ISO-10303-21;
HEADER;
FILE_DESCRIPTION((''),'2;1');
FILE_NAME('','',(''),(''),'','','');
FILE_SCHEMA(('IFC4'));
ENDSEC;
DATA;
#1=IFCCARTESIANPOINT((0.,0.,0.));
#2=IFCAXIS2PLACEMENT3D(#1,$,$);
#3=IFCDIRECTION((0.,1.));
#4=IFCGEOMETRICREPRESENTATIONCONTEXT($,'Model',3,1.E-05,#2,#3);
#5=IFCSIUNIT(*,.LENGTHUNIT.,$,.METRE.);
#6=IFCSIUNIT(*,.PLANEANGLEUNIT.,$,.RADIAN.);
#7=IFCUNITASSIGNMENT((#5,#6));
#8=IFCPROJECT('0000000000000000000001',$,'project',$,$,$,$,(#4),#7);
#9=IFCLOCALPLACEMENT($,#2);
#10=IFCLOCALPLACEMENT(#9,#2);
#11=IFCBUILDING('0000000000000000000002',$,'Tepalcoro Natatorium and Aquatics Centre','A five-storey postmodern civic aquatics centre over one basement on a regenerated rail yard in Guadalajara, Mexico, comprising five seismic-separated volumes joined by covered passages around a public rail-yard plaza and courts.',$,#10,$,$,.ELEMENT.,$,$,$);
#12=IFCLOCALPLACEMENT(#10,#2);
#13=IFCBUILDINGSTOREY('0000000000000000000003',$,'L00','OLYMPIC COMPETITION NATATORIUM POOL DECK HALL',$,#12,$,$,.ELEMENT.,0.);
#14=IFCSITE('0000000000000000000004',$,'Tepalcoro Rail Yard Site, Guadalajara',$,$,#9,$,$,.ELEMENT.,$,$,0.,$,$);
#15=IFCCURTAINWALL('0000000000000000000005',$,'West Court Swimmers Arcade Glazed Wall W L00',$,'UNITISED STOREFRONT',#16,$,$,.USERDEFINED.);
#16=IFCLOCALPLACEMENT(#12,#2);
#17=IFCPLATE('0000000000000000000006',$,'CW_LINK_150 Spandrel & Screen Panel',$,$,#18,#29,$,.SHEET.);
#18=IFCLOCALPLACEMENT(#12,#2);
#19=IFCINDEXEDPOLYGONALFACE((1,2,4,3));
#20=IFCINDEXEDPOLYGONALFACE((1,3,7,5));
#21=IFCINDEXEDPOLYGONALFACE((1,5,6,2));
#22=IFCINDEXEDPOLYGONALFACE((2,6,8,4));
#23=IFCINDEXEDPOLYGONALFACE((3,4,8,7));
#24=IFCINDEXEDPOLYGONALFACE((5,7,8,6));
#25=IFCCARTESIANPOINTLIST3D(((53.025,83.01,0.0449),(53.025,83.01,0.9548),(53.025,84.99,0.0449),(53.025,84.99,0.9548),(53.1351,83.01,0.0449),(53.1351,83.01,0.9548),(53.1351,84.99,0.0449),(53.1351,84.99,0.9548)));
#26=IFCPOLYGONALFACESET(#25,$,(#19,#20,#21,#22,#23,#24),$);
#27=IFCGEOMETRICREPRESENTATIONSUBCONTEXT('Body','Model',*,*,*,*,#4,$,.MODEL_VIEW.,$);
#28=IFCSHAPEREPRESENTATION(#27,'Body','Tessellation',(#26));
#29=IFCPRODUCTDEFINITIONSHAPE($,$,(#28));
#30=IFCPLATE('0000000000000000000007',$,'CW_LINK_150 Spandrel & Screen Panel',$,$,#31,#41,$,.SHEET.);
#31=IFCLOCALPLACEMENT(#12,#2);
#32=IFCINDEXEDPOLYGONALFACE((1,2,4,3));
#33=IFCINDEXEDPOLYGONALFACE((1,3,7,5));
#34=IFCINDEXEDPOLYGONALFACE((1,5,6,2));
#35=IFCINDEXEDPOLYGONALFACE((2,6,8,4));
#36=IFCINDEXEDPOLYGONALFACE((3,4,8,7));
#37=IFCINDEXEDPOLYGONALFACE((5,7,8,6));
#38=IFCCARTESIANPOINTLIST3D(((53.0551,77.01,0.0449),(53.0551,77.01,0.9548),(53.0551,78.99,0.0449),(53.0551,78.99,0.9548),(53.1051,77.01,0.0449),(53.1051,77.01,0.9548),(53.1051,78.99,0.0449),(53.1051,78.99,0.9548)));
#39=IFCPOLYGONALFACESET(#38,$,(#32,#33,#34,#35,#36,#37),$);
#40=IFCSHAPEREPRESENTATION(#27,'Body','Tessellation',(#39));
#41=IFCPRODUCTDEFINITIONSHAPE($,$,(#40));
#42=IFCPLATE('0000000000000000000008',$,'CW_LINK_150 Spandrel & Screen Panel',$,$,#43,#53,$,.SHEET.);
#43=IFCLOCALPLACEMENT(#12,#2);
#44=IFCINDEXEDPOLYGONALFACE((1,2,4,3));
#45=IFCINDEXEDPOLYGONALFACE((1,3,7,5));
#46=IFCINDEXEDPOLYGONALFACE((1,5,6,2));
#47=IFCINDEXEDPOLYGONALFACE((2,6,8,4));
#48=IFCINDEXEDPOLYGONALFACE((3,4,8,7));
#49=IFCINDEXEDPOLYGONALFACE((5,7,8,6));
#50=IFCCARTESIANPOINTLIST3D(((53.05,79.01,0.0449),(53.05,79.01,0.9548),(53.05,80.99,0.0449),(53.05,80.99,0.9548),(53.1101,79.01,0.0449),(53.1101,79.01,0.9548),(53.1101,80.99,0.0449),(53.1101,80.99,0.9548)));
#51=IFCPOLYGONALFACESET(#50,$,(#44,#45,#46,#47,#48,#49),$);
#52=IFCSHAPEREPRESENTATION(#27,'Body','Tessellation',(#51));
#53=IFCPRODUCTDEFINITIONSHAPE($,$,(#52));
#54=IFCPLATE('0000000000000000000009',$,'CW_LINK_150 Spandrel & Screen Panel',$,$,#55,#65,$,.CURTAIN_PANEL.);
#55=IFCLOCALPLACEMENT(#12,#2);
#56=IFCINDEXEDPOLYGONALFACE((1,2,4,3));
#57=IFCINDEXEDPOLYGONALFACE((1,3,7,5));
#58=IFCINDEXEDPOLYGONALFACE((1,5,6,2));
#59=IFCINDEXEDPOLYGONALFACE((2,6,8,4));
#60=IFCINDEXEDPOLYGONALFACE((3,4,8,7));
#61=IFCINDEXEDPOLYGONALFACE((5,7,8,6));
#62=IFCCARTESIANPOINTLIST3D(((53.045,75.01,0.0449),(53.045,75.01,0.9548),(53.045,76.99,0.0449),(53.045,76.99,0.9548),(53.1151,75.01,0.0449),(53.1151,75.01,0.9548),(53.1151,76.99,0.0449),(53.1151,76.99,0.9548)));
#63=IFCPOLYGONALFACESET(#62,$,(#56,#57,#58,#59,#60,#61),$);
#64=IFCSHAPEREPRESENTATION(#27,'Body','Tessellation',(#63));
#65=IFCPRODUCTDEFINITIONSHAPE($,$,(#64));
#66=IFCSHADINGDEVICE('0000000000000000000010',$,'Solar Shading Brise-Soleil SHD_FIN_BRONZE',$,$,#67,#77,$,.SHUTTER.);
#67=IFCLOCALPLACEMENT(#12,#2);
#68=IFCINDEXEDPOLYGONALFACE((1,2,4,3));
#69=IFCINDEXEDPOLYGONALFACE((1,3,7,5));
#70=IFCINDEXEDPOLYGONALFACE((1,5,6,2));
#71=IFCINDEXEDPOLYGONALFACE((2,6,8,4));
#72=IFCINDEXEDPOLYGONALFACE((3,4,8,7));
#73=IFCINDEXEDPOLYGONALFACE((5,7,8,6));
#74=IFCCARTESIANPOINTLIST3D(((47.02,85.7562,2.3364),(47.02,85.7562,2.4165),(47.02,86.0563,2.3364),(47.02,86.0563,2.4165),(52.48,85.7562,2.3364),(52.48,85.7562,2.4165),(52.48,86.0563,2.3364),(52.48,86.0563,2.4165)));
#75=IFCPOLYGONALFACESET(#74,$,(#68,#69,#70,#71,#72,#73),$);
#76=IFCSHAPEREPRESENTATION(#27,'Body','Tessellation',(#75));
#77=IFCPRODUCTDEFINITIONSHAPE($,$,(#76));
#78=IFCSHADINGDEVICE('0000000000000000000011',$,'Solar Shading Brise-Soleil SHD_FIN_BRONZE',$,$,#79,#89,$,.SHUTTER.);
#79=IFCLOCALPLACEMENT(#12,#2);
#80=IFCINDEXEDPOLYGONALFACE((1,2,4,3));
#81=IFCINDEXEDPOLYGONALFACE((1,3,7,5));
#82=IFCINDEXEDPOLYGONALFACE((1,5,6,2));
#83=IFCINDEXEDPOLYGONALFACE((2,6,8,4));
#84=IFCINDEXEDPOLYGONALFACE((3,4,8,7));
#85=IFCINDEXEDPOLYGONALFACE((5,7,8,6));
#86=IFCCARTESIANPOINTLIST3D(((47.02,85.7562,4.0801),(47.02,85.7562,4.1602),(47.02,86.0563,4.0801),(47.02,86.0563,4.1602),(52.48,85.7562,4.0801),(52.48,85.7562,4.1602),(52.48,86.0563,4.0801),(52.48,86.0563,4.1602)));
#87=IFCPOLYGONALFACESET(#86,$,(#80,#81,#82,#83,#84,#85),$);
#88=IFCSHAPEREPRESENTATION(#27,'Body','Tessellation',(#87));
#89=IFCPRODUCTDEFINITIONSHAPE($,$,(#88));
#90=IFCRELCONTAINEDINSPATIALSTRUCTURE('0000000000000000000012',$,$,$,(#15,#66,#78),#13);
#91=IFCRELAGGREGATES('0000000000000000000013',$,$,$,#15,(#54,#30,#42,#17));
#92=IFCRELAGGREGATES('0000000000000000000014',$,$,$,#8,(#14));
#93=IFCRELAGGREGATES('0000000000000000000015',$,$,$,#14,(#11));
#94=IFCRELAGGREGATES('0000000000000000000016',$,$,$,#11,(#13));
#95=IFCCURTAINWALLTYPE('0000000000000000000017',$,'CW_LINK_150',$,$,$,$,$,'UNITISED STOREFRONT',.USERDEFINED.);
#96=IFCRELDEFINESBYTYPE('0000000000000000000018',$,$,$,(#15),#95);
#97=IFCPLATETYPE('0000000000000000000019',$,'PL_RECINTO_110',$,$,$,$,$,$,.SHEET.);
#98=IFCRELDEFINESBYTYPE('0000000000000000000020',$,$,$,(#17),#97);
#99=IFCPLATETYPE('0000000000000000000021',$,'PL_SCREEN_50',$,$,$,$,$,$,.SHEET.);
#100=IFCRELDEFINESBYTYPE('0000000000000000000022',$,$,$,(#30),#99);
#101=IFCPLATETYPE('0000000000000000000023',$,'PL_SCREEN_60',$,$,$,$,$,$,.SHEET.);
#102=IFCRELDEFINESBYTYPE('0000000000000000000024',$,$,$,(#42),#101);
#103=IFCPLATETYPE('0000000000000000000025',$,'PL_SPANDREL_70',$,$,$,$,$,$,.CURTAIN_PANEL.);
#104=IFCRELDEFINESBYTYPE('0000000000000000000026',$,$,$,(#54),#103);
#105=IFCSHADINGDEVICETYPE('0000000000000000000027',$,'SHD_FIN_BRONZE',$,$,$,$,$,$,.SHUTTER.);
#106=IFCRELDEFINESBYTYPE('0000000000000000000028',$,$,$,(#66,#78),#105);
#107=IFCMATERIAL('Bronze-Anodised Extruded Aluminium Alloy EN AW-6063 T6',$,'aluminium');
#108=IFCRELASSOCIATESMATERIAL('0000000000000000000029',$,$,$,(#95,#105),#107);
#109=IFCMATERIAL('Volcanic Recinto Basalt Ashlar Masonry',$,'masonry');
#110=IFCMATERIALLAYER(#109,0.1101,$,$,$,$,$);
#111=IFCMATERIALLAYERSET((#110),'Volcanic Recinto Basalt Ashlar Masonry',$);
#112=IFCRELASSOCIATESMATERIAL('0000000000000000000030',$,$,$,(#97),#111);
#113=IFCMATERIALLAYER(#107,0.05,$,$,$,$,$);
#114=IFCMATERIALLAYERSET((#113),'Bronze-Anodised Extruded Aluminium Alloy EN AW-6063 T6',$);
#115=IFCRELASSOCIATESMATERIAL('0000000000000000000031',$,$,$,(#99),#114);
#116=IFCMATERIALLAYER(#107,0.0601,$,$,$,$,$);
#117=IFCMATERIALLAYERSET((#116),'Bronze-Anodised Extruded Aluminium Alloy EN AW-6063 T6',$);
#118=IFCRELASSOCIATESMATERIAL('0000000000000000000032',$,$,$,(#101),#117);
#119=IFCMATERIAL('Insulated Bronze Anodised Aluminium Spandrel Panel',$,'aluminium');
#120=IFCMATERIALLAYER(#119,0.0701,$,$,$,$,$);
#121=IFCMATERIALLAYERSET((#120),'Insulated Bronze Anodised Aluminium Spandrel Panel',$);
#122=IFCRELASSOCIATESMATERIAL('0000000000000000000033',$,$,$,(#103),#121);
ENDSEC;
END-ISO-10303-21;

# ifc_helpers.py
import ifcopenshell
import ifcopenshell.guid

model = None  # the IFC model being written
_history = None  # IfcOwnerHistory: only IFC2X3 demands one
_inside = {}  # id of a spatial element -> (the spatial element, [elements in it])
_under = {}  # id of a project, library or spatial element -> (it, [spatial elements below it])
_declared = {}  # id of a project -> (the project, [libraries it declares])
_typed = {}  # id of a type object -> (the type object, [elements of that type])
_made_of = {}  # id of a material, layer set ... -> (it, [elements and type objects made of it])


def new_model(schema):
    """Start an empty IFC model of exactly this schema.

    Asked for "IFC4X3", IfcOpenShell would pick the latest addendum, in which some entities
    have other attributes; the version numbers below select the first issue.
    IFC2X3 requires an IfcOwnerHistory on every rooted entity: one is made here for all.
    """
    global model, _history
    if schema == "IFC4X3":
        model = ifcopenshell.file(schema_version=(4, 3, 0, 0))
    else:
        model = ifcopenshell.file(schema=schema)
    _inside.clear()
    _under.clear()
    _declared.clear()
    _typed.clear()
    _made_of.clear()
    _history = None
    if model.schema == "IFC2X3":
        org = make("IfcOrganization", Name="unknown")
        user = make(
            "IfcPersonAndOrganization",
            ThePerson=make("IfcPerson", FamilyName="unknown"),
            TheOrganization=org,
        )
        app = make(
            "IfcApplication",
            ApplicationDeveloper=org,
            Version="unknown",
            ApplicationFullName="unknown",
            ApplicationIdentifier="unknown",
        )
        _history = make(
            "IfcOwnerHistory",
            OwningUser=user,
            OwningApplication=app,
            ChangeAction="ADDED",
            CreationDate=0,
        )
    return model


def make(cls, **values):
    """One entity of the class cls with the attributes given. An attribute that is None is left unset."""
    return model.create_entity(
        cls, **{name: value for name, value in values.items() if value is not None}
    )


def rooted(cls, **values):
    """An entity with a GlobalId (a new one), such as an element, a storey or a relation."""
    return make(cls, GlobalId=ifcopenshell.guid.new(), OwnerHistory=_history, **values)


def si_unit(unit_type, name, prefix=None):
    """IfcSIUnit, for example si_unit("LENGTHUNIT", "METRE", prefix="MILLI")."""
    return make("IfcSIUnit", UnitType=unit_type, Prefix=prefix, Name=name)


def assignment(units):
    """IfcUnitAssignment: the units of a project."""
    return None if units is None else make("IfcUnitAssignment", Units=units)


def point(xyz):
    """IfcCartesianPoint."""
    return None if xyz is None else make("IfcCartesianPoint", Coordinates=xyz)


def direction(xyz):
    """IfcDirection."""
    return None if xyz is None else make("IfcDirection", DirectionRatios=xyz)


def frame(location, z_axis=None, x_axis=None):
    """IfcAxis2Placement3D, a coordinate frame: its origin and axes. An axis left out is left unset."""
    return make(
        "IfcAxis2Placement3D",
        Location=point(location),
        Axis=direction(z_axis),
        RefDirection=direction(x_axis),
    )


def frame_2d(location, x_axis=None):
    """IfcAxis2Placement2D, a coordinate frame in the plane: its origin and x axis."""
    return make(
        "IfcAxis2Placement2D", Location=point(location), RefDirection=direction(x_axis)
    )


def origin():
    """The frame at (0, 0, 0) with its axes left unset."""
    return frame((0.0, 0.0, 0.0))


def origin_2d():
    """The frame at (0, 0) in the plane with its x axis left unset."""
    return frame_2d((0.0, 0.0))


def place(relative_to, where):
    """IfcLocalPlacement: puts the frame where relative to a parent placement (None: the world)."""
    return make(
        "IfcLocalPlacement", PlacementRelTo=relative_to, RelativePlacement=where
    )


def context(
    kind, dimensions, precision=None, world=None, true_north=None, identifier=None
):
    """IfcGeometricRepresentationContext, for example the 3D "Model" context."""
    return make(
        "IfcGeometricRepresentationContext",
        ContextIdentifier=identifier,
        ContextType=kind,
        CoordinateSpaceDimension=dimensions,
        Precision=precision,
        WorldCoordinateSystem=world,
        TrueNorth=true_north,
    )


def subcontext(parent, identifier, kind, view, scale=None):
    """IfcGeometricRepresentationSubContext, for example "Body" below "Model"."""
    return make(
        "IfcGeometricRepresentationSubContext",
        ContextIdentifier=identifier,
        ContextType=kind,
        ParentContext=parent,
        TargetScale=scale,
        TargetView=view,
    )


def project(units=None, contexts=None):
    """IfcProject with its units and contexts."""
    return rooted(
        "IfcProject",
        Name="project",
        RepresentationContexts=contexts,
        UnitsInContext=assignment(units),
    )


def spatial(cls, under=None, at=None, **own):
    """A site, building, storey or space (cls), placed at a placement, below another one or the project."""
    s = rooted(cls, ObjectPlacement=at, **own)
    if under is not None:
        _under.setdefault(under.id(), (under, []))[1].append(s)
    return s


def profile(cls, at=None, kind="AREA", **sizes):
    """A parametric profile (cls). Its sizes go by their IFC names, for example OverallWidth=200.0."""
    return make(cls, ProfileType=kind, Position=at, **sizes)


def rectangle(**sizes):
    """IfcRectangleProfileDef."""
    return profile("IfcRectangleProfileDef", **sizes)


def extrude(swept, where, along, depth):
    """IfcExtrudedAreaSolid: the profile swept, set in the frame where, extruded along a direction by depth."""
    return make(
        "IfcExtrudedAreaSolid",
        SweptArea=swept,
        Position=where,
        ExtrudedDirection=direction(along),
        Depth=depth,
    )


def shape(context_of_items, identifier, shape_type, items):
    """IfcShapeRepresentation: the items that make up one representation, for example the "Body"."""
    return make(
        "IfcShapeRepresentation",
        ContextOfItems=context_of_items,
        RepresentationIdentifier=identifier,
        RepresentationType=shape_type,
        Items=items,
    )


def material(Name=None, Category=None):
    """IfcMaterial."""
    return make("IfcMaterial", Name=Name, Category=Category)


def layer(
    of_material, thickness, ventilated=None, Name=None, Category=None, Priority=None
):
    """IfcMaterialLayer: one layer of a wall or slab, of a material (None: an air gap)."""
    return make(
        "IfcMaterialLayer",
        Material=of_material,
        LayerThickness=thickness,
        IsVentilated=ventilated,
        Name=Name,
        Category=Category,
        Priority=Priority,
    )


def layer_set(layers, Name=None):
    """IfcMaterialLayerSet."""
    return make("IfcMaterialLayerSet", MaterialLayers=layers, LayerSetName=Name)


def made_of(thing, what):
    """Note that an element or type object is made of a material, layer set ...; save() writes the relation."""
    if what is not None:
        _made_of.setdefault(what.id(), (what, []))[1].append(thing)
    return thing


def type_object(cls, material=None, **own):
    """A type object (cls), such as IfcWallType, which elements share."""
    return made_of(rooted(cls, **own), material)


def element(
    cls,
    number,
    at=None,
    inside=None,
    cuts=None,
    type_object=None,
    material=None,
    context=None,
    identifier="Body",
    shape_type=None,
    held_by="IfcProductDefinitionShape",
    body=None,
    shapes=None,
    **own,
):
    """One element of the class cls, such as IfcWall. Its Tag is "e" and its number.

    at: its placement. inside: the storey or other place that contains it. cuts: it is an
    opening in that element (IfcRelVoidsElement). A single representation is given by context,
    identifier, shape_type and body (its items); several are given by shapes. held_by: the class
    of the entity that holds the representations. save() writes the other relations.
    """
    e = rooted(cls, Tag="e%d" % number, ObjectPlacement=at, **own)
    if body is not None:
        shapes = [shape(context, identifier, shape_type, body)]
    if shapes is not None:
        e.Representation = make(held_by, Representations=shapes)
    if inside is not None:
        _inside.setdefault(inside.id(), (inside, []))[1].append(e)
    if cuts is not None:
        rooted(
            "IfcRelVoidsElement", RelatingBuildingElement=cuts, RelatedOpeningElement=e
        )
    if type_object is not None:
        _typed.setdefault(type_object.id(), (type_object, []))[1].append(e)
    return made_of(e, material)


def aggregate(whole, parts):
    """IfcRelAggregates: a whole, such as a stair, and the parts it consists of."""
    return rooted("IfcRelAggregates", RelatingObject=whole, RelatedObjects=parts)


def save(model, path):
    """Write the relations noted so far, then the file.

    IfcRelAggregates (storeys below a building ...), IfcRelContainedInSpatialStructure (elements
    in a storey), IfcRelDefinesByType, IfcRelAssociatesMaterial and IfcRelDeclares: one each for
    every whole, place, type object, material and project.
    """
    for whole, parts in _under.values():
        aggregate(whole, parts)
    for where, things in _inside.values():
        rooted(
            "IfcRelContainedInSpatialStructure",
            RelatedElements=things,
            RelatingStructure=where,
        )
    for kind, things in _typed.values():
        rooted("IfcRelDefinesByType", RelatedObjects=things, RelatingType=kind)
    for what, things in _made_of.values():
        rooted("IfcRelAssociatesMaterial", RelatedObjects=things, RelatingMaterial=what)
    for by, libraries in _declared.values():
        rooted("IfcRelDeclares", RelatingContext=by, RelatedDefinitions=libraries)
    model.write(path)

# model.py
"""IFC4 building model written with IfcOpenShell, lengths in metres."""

from ifc_helpers import new_model, si_unit, direction, frame, origin, origin_2d, place, context, subcontext, project, spatial, rectangle, extrude, material, layer, layer_set, type_object, element, aggregate, save


model = new_model("IFC4")

# Units and contexts
model_context = context("Model", 3, precision=1e-05, world=origin(), true_north=direction((0.0, 1.0)))
body_context = subcontext(model_context, "Body", "Model", "MODEL_VIEW")
ifc_project = project(units=[si_unit("LENGTHUNIT", "METRE"), si_unit("PLANEANGLEUNIT", "RADIAN")], contexts=[model_context])

# Site, building, storey
site_placement = place(None, origin())
site = spatial("IfcSite", under=ifc_project, at=site_placement, Name="Tepalcoro Rail Yard Site, Guadalajara", CompositionType="ELEMENT", RefElevation=0.0)
building_placement = place(site_placement, origin())
building = spatial("IfcBuilding", under=site, at=building_placement, Name="Tepalcoro Natatorium and Aquatics Centre", Description="A five-storey postmodern civic aquatics centre over one basement on a regenerated rail yard in Guadalajara, Mexico, comprising five seismic-separated volumes joined by covered passages around a public rail-yard plaza and courts.", CompositionType="ELEMENT")
storey_placement = place(building_placement, origin())
storey = spatial("IfcBuildingStorey", under=building, at=storey_placement, Name="L00", Description="OLYMPIC COMPETITION NATATORIUM POOL DECK HALL", CompositionType="ELEMENT", Elevation=0.0)

# Curtain wall, plates
ifc_material_1 = material(Name="Bronze-Anodised Extruded Aluminium Alloy EN AW-6063 T6", Category="aluminium")
curtain_wall_type = type_object("IfcCurtainWallType", Name="CW_LINK_150", ElementType="UNITISED STOREFRONT", PredefinedType="USERDEFINED", material=ifc_material_1)
curtain_wall_placement = place(storey_placement, origin())
curtain_wall = element("IfcCurtainWall", 1, at=curtain_wall_placement, inside=storey, type_object=curtain_wall_type, Name="West Court Swimmers Arcade Glazed Wall W L00", ObjectType="UNITISED STOREFRONT", PredefinedType="USERDEFINED")
ifc_material_2 = material(Name="Volcanic Recinto Basalt Ashlar Masonry", Category="masonry")
ifc_layer_1 = layer(ifc_material_2, 0.1101)
ifc_layer_set_1 = layer_set([ifc_layer_1], Name="Volcanic Recinto Basalt Ashlar Masonry")
plate_type_1 = type_object("IfcPlateType", Name="PL_RECINTO_110", PredefinedType="SHEET", material=ifc_layer_set_1)
plate_1_placement = place(storey_placement, frame((53.0801, 84.0, 0.0449), z_axis=(0.0, 0.0, 1.0), x_axis=(1.0, 0.0, 0.0)))
plate_1 = element("IfcPlate", 2, at=plate_1_placement, type_object=plate_type_1, Name="CW_LINK_150 Spandrel & Screen Panel", PredefinedType="SHEET", context=body_context, shape_type="SweptSolid", body=[
    extrude(rectangle(XDim=0.1101, YDim=1.98, at=origin_2d()), origin(), (0.0, 0.0, 1.0), 0.9099),
])
ifc_layer_2 = layer(ifc_material_1, 0.05)
ifc_layer_set_2 = layer_set([ifc_layer_2], Name="Bronze-Anodised Extruded Aluminium Alloy EN AW-6063 T6")
plate_type_2 = type_object("IfcPlateType", Name="PL_SCREEN_50", PredefinedType="SHEET", material=ifc_layer_set_2)
plate_2_placement = place(storey_placement, frame((53.0801, 78.0, 0.0449), z_axis=(0.0, 0.0, 1.0), x_axis=(1.0, 0.0, 0.0)))
plate_2 = element("IfcPlate", 3, at=plate_2_placement, type_object=plate_type_2, Name="CW_LINK_150 Spandrel & Screen Panel", PredefinedType="SHEET", context=body_context, shape_type="SweptSolid", body=[
    extrude(rectangle(XDim=0.05, YDim=1.98, at=origin_2d()), origin(), (0.0, 0.0, 1.0), 0.9099),
])
ifc_layer_3 = layer(ifc_material_1, 0.0601)
ifc_layer_set_3 = layer_set([ifc_layer_3], Name="Bronze-Anodised Extruded Aluminium Alloy EN AW-6063 T6")
plate_type_3 = type_object("IfcPlateType", Name="PL_SCREEN_60", PredefinedType="SHEET", material=ifc_layer_set_3)
plate_3_placement = place(storey_placement, frame((53.0801, 80.0, 0.0449), z_axis=(0.0, 0.0, 1.0), x_axis=(1.0, 0.0, 0.0)))
plate_3 = element("IfcPlate", 4, at=plate_3_placement, type_object=plate_type_3, Name="CW_LINK_150 Spandrel & Screen Panel", PredefinedType="SHEET", context=body_context, shape_type="SweptSolid", body=[
    extrude(rectangle(XDim=0.0601, YDim=1.98, at=origin_2d()), origin(), (0.0, 0.0, 1.0), 0.9099),
])
ifc_material_3 = material(Name="Insulated Bronze Anodised Aluminium Spandrel Panel", Category="aluminium")
ifc_layer_4 = layer(ifc_material_3, 0.0701)
ifc_layer_set_4 = layer_set([ifc_layer_4], Name="Insulated Bronze Anodised Aluminium Spandrel Panel")
plate_type_4 = type_object("IfcPlateType", Name="PL_SPANDREL_70", PredefinedType="CURTAIN_PANEL", material=ifc_layer_set_4)
plate_4_placement = place(storey_placement, frame((53.0801, 76.0, 0.0449), z_axis=(0.0, 0.0, 1.0), x_axis=(1.0, 0.0, 0.0)))
plate_4 = element("IfcPlate", 5, at=plate_4_placement, type_object=plate_type_4, Name="CW_LINK_150 Spandrel & Screen Panel", PredefinedType="CURTAIN_PANEL", context=body_context, shape_type="SweptSolid", body=[
    extrude(rectangle(XDim=0.0701, YDim=1.98, at=origin_2d()), origin(), (0.0, 0.0, 1.0), 0.9099),
])
aggregate(curtain_wall, [plate_4, plate_2, plate_3, plate_1])

# Shading devices
shading_device_type = type_object("IfcShadingDeviceType", Name="SHD_FIN_BRONZE", PredefinedType="SHUTTER", material=ifc_material_1)
for number, where, z_axis, x_axis, name in (
    (6, (49.75, 85.9062, 2.3364), (0.0, 0.0, 1.0), (1.0, 0.0, 0.0), "Solar Shading Brise-Soleil SHD_FIN_BRONZE"),
    (7, (49.75, 85.9062, 4.0801), (0.0, 0.0, 1.0), (1.0, 0.0, 0.0), "Solar Shading Brise-Soleil SHD_FIN_BRONZE"),
):
    element("IfcShadingDevice", number, at=place(storey_placement, frame(where, z_axis=z_axis, x_axis=x_axis)), inside=storey, type_object=shading_device_type, Name=name, PredefinedType="SHUTTER", context=body_context, shape_type="SweptSolid", body=[
        extrude(rectangle(XDim=5.46, YDim=0.3, at=origin_2d()), origin(), (0.0, 0.0, 1.0), 0.0801),
    ])

save(model, "model.ifc")
